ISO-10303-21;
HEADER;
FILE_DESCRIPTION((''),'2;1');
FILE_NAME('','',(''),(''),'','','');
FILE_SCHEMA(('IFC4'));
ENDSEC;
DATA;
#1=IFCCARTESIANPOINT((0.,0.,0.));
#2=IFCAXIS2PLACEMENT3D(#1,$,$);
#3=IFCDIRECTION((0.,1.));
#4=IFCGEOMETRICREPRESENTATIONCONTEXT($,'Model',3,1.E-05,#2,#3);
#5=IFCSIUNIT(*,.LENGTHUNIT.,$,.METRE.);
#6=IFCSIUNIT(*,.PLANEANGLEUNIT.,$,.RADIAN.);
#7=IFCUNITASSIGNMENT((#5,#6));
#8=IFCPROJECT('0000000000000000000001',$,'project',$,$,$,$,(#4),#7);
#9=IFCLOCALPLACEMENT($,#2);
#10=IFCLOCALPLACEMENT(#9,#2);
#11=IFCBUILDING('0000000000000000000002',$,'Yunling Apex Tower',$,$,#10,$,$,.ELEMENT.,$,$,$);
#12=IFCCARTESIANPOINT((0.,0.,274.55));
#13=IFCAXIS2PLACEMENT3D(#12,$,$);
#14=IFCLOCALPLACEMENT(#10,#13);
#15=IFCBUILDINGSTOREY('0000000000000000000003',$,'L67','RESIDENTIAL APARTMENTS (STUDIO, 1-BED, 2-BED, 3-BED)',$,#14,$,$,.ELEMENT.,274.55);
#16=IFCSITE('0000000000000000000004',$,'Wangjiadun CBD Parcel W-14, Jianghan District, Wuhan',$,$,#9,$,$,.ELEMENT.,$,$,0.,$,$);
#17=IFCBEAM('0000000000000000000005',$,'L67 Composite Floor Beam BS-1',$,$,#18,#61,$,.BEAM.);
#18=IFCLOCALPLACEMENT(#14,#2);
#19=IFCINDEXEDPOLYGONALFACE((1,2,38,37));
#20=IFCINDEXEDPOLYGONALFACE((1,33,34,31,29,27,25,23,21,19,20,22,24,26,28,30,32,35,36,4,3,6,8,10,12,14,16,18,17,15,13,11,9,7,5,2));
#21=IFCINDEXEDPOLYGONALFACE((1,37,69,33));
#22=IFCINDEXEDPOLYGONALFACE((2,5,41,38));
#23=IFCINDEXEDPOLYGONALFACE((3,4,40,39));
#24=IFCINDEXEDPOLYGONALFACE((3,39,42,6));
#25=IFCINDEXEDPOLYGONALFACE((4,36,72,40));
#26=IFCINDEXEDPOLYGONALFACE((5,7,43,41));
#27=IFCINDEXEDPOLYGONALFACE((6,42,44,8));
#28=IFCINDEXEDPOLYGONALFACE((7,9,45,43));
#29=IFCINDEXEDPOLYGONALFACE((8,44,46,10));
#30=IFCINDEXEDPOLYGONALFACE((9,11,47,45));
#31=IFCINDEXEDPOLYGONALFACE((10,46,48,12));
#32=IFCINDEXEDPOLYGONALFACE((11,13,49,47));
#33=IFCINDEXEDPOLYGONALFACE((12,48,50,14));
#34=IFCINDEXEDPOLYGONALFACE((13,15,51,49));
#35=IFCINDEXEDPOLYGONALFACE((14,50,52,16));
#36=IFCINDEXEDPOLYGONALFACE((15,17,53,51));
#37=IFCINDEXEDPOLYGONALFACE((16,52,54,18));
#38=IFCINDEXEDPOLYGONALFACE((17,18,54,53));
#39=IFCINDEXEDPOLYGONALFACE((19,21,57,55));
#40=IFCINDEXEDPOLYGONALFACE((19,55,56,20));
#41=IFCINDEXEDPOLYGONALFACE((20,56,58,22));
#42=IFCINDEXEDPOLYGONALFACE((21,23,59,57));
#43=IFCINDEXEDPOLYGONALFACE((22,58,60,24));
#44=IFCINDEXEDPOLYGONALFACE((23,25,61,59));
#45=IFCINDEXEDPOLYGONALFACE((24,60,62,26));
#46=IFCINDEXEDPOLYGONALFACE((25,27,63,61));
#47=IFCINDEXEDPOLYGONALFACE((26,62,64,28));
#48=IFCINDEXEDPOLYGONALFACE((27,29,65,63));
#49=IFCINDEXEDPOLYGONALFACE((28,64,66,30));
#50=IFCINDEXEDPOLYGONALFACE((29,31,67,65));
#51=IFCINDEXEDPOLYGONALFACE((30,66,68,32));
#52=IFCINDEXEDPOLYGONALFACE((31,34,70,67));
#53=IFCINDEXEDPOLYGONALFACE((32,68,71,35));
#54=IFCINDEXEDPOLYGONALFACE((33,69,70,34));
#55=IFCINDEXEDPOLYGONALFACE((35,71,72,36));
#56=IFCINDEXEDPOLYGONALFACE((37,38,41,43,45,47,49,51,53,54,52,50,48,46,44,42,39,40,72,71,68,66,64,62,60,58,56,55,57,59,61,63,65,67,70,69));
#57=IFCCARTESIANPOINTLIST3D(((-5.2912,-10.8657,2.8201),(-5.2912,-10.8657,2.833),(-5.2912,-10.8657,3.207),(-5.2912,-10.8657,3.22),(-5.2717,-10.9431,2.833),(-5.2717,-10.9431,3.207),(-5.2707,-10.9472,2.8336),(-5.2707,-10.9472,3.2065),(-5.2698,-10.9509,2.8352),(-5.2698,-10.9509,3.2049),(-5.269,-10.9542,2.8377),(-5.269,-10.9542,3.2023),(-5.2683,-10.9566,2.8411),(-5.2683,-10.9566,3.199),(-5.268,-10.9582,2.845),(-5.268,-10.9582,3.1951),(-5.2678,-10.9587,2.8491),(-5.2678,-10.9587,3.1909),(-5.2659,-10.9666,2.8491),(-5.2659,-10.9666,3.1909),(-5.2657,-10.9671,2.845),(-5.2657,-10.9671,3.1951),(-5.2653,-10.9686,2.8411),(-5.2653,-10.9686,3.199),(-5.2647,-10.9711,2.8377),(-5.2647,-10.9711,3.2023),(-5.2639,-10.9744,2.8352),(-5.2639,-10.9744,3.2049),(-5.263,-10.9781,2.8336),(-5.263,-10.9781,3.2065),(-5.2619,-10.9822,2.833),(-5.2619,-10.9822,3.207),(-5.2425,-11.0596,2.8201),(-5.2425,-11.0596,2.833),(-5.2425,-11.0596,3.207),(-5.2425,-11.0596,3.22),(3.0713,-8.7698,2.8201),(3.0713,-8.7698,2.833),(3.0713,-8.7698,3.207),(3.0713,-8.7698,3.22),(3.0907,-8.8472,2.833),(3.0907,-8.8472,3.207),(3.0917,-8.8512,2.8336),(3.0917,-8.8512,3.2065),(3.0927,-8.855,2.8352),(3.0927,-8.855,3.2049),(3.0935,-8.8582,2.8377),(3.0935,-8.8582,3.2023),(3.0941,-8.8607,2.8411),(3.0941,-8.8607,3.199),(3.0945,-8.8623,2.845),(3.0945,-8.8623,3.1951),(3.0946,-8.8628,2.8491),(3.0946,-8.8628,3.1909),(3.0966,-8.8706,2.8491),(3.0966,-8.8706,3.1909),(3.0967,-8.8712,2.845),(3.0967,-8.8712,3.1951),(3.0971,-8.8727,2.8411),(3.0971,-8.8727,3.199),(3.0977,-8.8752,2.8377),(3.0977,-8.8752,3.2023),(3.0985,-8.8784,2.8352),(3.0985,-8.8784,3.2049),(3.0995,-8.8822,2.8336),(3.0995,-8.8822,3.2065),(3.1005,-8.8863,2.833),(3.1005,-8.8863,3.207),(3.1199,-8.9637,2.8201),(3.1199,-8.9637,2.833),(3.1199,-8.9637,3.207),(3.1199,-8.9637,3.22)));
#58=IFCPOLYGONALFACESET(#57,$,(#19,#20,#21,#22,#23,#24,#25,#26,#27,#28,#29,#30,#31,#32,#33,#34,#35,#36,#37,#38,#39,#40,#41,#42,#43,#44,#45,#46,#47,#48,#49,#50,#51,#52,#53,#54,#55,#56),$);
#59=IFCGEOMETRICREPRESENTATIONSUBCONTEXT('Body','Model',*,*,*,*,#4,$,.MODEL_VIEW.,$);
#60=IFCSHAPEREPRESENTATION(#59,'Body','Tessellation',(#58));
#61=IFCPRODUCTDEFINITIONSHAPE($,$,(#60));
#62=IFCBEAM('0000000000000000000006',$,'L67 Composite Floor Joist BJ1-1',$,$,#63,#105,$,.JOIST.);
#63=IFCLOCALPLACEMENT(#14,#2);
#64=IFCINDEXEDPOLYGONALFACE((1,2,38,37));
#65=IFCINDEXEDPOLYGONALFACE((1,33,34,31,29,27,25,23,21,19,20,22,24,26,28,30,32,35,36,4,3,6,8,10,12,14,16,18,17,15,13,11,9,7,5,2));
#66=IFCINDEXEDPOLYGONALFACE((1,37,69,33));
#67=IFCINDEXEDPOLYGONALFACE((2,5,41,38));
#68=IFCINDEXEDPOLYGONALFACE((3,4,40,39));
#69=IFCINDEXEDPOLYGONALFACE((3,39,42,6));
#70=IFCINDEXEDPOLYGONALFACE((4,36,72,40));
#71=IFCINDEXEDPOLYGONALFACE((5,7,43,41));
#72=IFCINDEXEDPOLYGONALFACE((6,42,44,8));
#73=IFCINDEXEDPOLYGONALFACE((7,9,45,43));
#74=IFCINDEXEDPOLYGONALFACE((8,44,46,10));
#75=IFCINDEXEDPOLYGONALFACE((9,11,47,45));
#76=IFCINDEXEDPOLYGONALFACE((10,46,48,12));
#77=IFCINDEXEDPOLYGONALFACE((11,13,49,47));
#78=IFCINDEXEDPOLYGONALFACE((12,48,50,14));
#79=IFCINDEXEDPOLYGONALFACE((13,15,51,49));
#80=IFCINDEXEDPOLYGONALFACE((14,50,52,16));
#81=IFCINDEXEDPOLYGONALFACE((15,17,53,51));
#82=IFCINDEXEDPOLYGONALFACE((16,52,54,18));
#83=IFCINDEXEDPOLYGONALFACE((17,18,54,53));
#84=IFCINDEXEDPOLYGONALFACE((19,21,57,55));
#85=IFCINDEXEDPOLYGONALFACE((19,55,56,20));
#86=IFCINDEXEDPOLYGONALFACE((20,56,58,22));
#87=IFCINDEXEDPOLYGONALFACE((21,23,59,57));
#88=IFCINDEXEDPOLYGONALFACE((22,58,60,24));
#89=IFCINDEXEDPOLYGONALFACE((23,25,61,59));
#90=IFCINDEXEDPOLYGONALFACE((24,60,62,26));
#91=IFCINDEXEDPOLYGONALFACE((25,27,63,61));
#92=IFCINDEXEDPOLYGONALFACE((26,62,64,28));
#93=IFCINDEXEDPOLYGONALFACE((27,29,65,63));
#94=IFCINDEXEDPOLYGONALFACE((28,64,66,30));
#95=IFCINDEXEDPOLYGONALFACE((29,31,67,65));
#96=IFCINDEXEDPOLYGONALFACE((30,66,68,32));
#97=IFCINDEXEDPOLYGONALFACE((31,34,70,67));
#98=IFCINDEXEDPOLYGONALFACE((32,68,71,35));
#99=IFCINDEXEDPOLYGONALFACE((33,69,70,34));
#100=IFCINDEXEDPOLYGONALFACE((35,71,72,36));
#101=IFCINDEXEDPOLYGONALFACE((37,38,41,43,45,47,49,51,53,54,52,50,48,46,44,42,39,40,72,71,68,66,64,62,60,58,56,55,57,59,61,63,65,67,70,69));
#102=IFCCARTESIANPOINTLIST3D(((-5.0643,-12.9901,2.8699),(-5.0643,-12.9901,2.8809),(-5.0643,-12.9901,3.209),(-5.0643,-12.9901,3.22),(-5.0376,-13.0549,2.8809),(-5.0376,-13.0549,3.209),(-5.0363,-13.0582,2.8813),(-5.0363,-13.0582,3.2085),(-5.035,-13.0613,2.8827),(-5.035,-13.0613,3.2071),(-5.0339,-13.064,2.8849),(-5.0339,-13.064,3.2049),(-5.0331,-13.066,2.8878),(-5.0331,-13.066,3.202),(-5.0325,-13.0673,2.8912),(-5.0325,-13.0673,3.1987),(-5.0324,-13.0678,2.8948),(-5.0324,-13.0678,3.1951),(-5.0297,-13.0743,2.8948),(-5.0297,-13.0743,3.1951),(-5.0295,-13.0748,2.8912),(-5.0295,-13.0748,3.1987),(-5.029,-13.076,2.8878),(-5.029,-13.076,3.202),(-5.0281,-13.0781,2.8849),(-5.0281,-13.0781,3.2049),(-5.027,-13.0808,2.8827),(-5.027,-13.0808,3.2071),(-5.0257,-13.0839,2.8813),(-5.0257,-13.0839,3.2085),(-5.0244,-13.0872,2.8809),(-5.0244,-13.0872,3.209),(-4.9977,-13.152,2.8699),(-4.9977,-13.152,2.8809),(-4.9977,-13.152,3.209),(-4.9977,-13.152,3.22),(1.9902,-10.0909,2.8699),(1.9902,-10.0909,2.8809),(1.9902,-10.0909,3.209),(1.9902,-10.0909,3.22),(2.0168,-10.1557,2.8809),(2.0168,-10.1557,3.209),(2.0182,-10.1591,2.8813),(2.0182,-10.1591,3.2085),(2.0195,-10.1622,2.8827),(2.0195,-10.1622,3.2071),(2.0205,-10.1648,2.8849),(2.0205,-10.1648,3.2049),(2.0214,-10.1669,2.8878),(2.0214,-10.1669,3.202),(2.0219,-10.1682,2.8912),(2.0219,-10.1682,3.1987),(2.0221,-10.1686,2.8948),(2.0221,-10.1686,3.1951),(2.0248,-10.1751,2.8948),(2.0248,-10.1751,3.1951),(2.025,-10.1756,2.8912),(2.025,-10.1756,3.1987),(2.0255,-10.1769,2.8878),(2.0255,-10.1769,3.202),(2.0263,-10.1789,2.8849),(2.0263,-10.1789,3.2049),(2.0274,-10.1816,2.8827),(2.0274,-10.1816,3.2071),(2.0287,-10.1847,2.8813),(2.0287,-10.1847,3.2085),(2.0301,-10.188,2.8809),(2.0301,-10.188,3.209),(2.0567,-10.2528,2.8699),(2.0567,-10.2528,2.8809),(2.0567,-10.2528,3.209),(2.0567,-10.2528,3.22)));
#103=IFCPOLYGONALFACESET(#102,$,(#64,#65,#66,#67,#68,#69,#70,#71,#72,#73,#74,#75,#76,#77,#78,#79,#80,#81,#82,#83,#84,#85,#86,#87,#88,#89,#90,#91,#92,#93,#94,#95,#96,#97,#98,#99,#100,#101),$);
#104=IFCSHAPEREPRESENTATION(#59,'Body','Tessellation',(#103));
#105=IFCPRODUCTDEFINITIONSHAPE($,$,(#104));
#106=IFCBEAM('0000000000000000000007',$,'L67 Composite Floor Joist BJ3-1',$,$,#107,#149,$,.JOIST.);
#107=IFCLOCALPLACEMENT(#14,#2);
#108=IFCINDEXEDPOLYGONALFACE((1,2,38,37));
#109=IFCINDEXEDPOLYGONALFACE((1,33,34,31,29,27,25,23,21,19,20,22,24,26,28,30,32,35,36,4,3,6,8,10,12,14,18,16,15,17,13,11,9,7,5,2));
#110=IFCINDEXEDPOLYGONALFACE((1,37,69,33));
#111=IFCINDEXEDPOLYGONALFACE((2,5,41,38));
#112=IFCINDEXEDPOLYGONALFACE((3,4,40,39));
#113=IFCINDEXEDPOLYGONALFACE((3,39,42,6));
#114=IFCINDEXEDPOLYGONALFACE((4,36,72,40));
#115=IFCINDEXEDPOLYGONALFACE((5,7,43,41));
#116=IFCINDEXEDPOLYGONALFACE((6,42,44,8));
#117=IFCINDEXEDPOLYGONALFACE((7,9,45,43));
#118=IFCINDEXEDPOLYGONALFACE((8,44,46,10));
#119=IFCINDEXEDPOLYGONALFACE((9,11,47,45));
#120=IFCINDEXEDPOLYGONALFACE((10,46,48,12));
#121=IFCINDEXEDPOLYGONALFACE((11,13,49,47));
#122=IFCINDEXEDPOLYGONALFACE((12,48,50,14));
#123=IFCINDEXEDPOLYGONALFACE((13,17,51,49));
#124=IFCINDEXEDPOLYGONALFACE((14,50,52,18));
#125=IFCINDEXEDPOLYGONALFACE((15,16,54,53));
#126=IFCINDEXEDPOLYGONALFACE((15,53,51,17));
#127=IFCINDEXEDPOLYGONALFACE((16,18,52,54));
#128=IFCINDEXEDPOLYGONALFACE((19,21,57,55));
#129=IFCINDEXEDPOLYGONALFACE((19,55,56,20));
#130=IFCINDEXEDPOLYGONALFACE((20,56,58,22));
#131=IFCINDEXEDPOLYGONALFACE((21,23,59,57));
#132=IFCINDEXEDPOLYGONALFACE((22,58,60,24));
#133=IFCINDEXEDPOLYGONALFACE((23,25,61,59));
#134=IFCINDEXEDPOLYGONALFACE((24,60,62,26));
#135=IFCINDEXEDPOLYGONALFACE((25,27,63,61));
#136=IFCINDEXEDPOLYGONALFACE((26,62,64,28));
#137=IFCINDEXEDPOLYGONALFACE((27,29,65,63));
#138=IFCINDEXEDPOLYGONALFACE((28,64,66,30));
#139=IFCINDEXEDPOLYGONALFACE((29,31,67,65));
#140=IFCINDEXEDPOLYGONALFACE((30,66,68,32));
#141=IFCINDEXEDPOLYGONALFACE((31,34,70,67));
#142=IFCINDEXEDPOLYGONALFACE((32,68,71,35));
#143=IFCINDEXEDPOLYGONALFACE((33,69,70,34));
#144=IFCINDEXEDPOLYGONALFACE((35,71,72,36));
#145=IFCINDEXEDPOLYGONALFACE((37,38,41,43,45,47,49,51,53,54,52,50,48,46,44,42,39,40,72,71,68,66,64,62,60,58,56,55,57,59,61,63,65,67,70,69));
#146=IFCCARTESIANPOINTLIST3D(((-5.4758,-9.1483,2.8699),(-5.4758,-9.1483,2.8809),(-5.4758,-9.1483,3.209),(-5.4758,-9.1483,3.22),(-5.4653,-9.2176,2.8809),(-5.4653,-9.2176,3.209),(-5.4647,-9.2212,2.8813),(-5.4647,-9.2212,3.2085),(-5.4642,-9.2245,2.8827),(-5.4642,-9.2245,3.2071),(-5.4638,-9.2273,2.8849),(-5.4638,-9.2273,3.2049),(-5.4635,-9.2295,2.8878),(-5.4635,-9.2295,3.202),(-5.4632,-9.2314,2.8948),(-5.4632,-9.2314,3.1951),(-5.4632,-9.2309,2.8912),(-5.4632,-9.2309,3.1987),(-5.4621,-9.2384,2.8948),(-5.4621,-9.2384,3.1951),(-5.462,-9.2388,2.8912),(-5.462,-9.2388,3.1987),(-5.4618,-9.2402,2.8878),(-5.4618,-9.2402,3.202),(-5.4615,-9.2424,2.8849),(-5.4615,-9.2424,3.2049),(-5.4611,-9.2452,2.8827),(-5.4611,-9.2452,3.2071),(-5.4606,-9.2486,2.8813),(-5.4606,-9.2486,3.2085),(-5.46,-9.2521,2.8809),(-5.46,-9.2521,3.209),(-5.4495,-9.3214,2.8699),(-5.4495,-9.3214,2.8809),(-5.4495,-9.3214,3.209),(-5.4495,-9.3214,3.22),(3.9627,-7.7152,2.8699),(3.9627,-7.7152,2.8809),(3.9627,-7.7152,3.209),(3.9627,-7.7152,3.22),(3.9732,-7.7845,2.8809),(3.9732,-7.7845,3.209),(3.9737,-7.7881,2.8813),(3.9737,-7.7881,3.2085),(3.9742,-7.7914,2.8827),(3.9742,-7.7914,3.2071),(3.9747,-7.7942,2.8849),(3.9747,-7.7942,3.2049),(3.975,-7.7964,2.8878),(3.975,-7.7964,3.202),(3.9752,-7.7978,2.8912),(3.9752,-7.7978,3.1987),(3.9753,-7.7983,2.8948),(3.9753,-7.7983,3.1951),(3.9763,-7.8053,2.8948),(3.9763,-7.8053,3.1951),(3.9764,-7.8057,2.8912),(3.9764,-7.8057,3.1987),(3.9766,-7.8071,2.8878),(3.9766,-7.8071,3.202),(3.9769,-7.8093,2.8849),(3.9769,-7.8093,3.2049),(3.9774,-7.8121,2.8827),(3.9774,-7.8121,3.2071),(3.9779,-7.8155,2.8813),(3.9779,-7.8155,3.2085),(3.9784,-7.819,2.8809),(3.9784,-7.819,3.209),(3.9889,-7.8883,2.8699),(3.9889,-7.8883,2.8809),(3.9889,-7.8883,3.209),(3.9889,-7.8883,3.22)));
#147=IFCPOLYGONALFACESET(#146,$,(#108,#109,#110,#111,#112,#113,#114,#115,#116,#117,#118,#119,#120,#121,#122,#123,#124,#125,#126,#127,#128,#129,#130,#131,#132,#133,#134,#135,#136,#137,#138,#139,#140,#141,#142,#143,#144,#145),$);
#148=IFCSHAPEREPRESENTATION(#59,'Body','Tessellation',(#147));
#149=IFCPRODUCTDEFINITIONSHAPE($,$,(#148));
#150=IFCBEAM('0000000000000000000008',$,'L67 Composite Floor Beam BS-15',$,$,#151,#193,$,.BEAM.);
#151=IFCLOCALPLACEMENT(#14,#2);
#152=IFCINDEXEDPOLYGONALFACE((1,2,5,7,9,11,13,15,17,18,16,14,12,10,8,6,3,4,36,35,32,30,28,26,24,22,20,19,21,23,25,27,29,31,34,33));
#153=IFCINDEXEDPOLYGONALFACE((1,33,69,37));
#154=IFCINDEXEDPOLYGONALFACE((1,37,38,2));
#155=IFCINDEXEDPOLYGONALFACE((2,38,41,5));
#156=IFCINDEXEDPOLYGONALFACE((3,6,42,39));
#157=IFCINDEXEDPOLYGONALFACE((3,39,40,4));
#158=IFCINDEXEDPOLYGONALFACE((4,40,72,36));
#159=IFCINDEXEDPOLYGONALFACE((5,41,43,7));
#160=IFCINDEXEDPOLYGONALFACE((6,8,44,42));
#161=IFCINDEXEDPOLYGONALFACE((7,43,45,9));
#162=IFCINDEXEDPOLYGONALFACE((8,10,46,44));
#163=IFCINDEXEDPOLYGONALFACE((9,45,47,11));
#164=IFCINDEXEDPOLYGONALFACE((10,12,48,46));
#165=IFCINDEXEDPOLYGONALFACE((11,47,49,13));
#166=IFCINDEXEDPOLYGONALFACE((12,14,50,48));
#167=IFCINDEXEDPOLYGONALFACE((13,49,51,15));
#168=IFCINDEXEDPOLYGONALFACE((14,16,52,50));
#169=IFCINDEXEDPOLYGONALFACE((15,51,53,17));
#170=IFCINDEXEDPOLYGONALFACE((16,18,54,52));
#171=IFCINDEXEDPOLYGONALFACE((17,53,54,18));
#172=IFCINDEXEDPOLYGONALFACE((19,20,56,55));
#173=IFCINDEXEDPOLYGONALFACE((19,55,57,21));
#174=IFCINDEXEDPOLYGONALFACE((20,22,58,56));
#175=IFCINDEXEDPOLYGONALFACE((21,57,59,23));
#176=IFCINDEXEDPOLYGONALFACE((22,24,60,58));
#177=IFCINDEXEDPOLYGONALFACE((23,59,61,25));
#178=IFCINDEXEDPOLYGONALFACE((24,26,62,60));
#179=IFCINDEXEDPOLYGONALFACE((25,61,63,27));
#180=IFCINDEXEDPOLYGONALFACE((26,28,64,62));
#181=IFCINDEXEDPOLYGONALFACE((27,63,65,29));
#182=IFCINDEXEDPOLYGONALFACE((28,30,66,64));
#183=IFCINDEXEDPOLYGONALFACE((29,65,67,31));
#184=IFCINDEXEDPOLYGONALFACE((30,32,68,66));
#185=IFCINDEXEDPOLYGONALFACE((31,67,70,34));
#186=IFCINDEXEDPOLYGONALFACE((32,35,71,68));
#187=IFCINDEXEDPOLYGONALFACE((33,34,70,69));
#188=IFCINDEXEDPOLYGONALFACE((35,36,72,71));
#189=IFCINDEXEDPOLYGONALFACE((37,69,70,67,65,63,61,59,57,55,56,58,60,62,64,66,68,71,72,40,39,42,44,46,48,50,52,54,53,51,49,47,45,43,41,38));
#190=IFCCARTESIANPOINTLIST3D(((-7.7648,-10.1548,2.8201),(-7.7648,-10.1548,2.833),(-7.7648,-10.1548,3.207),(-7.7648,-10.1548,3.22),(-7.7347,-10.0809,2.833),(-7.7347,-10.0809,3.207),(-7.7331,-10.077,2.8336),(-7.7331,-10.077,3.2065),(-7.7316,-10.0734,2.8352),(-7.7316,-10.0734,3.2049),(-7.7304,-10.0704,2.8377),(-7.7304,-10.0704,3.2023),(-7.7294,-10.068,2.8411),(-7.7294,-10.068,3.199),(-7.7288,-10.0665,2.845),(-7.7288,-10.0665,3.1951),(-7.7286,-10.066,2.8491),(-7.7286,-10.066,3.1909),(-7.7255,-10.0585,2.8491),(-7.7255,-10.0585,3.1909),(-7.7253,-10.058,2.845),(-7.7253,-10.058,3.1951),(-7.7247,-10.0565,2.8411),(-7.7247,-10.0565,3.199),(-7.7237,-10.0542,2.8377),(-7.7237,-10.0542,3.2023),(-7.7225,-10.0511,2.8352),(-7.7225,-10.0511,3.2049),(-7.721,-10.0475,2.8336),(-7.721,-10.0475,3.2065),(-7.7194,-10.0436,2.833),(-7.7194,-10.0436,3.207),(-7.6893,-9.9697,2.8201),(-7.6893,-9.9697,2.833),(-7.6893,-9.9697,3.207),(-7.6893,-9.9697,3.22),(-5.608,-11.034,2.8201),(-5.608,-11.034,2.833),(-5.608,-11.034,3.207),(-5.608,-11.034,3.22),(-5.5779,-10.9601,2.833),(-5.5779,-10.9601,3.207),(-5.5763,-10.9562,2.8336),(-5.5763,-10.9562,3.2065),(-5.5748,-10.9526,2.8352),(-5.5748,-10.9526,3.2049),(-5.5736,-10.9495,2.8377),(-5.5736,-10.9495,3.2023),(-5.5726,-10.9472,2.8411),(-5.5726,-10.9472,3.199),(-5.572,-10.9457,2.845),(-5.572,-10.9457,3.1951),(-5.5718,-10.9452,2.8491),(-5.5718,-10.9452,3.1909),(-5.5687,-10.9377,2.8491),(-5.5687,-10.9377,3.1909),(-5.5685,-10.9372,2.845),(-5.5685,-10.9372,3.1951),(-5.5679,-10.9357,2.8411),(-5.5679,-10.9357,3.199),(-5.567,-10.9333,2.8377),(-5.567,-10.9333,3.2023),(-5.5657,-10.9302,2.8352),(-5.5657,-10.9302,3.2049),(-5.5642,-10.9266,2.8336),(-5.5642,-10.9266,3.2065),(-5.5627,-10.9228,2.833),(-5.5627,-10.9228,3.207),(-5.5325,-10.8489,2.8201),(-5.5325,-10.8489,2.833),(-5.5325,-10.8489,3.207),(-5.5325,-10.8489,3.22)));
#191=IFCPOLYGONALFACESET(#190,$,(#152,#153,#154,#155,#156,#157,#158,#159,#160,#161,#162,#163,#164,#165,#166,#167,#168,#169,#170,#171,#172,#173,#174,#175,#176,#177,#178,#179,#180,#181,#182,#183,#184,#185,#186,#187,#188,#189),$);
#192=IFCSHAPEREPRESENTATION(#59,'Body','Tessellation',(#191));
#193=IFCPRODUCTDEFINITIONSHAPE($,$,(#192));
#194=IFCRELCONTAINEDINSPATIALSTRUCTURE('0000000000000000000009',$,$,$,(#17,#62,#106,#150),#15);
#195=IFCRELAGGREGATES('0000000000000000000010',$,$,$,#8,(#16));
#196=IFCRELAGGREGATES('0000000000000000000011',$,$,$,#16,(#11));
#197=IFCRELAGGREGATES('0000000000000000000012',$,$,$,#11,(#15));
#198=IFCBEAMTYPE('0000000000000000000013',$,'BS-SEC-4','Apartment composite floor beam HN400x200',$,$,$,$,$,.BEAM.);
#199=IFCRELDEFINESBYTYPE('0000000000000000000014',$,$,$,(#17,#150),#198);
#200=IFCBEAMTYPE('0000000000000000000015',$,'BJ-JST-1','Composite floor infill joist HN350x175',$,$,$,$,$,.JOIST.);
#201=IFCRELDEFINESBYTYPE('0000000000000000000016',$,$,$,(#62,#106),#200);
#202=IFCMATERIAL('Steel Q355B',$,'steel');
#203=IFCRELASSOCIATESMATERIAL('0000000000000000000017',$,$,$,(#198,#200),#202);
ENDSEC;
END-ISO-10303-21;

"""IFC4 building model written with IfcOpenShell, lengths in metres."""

from ifc_helpers import new_model, si_unit, direction, frame, origin, origin_2d, place, context, subcontext, project, spatial, i_section, extrude, source, transform, mapped, material, material_profile, profile_set, type_object, element, save


model = new_model("IFC4")

# Units and contexts
model_context = context("Model", 3, precision=1e-05, world=origin(), true_north=direction((0.0, 1.0)))
body_context = subcontext(model_context, "Body", "Model", "MODEL_VIEW")
ifc_project = project(units=[si_unit("LENGTHUNIT", "METRE"), si_unit("PLANEANGLEUNIT", "RADIAN")], contexts=[model_context])

# Site, building, storey
site_placement = place(None, origin())
site = spatial("IfcSite", under=ifc_project, at=site_placement, Name="Wangjiadun CBD Parcel W-14, Jianghan District, Wuhan", CompositionType="ELEMENT", RefElevation=0.0)
building_placement = place(site_placement, origin())
building = spatial("IfcBuilding", under=site, at=building_placement, Name="Yunling Apex Tower", CompositionType="ELEMENT")
storey_placement = place(building_placement, frame((0.0, 0.0, 274.55)))
storey = spatial("IfcBuildingStorey", under=building, at=storey_placement, Name="L67", Description="RESIDENTIAL APARTMENTS (STUDIO, 1-BED, 2-BED, 3-BED)", CompositionType="ELEMENT", Elevation=274.55)

# Shared definitions
ifc_material_1 = material(Name="Steel Q355B", Category="steel")

# Beams
ifc_material_profile_1 = material_profile(ifc_material_1, i_section(OverallWidth=0.2, OverallDepth=0.3999, WebThickness=0.0081, FlangeThickness=0.0129, FilletRadius=0.0161, at=origin_2d()))
ifc_profile_set_1 = profile_set([ifc_material_profile_1], Name="Steel Q355B")
beam_type_1 = type_object("IfcBeamType", Name="BS-SEC-4", Description="Apartment composite floor beam HN400x200", PredefinedType="BEAM", material=ifc_profile_set_1)
shared_shape_1 = source(origin(), body_context, "Body", "SweptSolid", [
    extrude(i_section(OverallWidth=0.2, OverallDepth=0.3999, WebThickness=0.0081, FlangeThickness=0.0129, FilletRadius=0.0161, at=origin_2d()), origin(), (0.0, 0.0, 1.0), 8.6211),
])
beam_1_placement = place(storey_placement, frame((-5.2668, -10.9626, 3.02), z_axis=(0.969997, 0.243115, 0.0), x_axis=(-0.243115, 0.969997, 0.0)))
element("IfcBeam", 1, at=beam_1_placement, inside=storey, type_object=beam_type_1, Name="L67 Composite Floor Beam BS-1", PredefinedType="BEAM", context=body_context, shape_type="MappedRepresentation", body=[
    mapped(shared_shape_1, transform((0.0, 0.0, 0.0), scale=1.0)),
])
ifc_material_profile_2 = material_profile(ifc_material_1, i_section(OverallWidth=0.175, OverallDepth=0.3501, WebThickness=0.0071, FlangeThickness=0.011, FilletRadius=0.0139, at=origin_2d()))
ifc_profile_set_2 = profile_set([ifc_material_profile_2], Name="Steel Q355B")
beam_type_2 = type_object("IfcBeamType", Name="BJ-JST-1", Description="Composite floor infill joist HN350x175", PredefinedType="JOIST", material=ifc_profile_set_2)
shared_shape_2 = source(origin(), body_context, "Body", "SweptSolid", [
    extrude(i_section(OverallWidth=0.175, OverallDepth=0.3501, WebThickness=0.0071, FlangeThickness=0.011, FilletRadius=0.0139, at=origin_2d()), origin(), (0.0, 0.0, 1.0), 7.627),
])
beam_2_placement = place(storey_placement, frame((-5.031, -13.071, 3.0449), z_axis=(0.924936, 0.380122, 0.0), x_axis=(-0.380122, 0.924936, 0.0)))
element("IfcBeam", 2, at=beam_2_placement, inside=storey, type_object=beam_type_2, Name="L67 Composite Floor Joist BJ1-1", PredefinedType="JOIST", context=body_context, shape_type="MappedRepresentation", body=[
    mapped(shared_shape_2, transform((0.0, 0.0, 0.0), scale=1.0)),
])
shared_shape_3 = source(origin(), body_context, "Body", "SweptSolid", [
    extrude(i_section(OverallWidth=0.175, OverallDepth=0.3501, WebThickness=0.0071, FlangeThickness=0.011, FilletRadius=0.0139, at=origin_2d()), origin(), (0.0, 0.0, 1.0), 9.5466),
])
beam_3_placement = place(storey_placement, frame((-5.4626, -9.2349, 3.0449), z_axis=(0.988668, 0.150116, 0.0), x_axis=(-0.150116, 0.988668, 0.0)))
element("IfcBeam", 3, at=beam_3_placement, inside=storey, type_object=beam_type_2, Name="L67 Composite Floor Joist BJ3-1", PredefinedType="JOIST", context=body_context, shape_type="MappedRepresentation", body=[
    mapped(shared_shape_3, transform((0.0, 0.0, 0.0), scale=1.0)),
])
shared_shape_4 = source(origin(), body_context, "Body", "SweptSolid", [
    extrude(i_section(OverallWidth=0.2, OverallDepth=0.3999, WebThickness=0.0081, FlangeThickness=0.0129, FilletRadius=0.0161, at=origin_2d()), origin(), (0.0, 0.0, 1.0), 2.3291),
])
beam_4_placement = place(storey_placement, frame((-7.7271, -10.0623, 3.02), z_axis=(0.92602, -0.377473, 0.0), x_axis=(0.377473, 0.92602, 0.0)))
element("IfcBeam", 4, at=beam_4_placement, inside=storey, type_object=beam_type_1, Name="L67 Composite Floor Beam BS-15", PredefinedType="BEAM", context=body_context, shape_type="MappedRepresentation", body=[
    mapped(shared_shape_4, transform((0.0, 0.0, 0.0), scale=1.0)),
])

save(model, "model.ifc")
